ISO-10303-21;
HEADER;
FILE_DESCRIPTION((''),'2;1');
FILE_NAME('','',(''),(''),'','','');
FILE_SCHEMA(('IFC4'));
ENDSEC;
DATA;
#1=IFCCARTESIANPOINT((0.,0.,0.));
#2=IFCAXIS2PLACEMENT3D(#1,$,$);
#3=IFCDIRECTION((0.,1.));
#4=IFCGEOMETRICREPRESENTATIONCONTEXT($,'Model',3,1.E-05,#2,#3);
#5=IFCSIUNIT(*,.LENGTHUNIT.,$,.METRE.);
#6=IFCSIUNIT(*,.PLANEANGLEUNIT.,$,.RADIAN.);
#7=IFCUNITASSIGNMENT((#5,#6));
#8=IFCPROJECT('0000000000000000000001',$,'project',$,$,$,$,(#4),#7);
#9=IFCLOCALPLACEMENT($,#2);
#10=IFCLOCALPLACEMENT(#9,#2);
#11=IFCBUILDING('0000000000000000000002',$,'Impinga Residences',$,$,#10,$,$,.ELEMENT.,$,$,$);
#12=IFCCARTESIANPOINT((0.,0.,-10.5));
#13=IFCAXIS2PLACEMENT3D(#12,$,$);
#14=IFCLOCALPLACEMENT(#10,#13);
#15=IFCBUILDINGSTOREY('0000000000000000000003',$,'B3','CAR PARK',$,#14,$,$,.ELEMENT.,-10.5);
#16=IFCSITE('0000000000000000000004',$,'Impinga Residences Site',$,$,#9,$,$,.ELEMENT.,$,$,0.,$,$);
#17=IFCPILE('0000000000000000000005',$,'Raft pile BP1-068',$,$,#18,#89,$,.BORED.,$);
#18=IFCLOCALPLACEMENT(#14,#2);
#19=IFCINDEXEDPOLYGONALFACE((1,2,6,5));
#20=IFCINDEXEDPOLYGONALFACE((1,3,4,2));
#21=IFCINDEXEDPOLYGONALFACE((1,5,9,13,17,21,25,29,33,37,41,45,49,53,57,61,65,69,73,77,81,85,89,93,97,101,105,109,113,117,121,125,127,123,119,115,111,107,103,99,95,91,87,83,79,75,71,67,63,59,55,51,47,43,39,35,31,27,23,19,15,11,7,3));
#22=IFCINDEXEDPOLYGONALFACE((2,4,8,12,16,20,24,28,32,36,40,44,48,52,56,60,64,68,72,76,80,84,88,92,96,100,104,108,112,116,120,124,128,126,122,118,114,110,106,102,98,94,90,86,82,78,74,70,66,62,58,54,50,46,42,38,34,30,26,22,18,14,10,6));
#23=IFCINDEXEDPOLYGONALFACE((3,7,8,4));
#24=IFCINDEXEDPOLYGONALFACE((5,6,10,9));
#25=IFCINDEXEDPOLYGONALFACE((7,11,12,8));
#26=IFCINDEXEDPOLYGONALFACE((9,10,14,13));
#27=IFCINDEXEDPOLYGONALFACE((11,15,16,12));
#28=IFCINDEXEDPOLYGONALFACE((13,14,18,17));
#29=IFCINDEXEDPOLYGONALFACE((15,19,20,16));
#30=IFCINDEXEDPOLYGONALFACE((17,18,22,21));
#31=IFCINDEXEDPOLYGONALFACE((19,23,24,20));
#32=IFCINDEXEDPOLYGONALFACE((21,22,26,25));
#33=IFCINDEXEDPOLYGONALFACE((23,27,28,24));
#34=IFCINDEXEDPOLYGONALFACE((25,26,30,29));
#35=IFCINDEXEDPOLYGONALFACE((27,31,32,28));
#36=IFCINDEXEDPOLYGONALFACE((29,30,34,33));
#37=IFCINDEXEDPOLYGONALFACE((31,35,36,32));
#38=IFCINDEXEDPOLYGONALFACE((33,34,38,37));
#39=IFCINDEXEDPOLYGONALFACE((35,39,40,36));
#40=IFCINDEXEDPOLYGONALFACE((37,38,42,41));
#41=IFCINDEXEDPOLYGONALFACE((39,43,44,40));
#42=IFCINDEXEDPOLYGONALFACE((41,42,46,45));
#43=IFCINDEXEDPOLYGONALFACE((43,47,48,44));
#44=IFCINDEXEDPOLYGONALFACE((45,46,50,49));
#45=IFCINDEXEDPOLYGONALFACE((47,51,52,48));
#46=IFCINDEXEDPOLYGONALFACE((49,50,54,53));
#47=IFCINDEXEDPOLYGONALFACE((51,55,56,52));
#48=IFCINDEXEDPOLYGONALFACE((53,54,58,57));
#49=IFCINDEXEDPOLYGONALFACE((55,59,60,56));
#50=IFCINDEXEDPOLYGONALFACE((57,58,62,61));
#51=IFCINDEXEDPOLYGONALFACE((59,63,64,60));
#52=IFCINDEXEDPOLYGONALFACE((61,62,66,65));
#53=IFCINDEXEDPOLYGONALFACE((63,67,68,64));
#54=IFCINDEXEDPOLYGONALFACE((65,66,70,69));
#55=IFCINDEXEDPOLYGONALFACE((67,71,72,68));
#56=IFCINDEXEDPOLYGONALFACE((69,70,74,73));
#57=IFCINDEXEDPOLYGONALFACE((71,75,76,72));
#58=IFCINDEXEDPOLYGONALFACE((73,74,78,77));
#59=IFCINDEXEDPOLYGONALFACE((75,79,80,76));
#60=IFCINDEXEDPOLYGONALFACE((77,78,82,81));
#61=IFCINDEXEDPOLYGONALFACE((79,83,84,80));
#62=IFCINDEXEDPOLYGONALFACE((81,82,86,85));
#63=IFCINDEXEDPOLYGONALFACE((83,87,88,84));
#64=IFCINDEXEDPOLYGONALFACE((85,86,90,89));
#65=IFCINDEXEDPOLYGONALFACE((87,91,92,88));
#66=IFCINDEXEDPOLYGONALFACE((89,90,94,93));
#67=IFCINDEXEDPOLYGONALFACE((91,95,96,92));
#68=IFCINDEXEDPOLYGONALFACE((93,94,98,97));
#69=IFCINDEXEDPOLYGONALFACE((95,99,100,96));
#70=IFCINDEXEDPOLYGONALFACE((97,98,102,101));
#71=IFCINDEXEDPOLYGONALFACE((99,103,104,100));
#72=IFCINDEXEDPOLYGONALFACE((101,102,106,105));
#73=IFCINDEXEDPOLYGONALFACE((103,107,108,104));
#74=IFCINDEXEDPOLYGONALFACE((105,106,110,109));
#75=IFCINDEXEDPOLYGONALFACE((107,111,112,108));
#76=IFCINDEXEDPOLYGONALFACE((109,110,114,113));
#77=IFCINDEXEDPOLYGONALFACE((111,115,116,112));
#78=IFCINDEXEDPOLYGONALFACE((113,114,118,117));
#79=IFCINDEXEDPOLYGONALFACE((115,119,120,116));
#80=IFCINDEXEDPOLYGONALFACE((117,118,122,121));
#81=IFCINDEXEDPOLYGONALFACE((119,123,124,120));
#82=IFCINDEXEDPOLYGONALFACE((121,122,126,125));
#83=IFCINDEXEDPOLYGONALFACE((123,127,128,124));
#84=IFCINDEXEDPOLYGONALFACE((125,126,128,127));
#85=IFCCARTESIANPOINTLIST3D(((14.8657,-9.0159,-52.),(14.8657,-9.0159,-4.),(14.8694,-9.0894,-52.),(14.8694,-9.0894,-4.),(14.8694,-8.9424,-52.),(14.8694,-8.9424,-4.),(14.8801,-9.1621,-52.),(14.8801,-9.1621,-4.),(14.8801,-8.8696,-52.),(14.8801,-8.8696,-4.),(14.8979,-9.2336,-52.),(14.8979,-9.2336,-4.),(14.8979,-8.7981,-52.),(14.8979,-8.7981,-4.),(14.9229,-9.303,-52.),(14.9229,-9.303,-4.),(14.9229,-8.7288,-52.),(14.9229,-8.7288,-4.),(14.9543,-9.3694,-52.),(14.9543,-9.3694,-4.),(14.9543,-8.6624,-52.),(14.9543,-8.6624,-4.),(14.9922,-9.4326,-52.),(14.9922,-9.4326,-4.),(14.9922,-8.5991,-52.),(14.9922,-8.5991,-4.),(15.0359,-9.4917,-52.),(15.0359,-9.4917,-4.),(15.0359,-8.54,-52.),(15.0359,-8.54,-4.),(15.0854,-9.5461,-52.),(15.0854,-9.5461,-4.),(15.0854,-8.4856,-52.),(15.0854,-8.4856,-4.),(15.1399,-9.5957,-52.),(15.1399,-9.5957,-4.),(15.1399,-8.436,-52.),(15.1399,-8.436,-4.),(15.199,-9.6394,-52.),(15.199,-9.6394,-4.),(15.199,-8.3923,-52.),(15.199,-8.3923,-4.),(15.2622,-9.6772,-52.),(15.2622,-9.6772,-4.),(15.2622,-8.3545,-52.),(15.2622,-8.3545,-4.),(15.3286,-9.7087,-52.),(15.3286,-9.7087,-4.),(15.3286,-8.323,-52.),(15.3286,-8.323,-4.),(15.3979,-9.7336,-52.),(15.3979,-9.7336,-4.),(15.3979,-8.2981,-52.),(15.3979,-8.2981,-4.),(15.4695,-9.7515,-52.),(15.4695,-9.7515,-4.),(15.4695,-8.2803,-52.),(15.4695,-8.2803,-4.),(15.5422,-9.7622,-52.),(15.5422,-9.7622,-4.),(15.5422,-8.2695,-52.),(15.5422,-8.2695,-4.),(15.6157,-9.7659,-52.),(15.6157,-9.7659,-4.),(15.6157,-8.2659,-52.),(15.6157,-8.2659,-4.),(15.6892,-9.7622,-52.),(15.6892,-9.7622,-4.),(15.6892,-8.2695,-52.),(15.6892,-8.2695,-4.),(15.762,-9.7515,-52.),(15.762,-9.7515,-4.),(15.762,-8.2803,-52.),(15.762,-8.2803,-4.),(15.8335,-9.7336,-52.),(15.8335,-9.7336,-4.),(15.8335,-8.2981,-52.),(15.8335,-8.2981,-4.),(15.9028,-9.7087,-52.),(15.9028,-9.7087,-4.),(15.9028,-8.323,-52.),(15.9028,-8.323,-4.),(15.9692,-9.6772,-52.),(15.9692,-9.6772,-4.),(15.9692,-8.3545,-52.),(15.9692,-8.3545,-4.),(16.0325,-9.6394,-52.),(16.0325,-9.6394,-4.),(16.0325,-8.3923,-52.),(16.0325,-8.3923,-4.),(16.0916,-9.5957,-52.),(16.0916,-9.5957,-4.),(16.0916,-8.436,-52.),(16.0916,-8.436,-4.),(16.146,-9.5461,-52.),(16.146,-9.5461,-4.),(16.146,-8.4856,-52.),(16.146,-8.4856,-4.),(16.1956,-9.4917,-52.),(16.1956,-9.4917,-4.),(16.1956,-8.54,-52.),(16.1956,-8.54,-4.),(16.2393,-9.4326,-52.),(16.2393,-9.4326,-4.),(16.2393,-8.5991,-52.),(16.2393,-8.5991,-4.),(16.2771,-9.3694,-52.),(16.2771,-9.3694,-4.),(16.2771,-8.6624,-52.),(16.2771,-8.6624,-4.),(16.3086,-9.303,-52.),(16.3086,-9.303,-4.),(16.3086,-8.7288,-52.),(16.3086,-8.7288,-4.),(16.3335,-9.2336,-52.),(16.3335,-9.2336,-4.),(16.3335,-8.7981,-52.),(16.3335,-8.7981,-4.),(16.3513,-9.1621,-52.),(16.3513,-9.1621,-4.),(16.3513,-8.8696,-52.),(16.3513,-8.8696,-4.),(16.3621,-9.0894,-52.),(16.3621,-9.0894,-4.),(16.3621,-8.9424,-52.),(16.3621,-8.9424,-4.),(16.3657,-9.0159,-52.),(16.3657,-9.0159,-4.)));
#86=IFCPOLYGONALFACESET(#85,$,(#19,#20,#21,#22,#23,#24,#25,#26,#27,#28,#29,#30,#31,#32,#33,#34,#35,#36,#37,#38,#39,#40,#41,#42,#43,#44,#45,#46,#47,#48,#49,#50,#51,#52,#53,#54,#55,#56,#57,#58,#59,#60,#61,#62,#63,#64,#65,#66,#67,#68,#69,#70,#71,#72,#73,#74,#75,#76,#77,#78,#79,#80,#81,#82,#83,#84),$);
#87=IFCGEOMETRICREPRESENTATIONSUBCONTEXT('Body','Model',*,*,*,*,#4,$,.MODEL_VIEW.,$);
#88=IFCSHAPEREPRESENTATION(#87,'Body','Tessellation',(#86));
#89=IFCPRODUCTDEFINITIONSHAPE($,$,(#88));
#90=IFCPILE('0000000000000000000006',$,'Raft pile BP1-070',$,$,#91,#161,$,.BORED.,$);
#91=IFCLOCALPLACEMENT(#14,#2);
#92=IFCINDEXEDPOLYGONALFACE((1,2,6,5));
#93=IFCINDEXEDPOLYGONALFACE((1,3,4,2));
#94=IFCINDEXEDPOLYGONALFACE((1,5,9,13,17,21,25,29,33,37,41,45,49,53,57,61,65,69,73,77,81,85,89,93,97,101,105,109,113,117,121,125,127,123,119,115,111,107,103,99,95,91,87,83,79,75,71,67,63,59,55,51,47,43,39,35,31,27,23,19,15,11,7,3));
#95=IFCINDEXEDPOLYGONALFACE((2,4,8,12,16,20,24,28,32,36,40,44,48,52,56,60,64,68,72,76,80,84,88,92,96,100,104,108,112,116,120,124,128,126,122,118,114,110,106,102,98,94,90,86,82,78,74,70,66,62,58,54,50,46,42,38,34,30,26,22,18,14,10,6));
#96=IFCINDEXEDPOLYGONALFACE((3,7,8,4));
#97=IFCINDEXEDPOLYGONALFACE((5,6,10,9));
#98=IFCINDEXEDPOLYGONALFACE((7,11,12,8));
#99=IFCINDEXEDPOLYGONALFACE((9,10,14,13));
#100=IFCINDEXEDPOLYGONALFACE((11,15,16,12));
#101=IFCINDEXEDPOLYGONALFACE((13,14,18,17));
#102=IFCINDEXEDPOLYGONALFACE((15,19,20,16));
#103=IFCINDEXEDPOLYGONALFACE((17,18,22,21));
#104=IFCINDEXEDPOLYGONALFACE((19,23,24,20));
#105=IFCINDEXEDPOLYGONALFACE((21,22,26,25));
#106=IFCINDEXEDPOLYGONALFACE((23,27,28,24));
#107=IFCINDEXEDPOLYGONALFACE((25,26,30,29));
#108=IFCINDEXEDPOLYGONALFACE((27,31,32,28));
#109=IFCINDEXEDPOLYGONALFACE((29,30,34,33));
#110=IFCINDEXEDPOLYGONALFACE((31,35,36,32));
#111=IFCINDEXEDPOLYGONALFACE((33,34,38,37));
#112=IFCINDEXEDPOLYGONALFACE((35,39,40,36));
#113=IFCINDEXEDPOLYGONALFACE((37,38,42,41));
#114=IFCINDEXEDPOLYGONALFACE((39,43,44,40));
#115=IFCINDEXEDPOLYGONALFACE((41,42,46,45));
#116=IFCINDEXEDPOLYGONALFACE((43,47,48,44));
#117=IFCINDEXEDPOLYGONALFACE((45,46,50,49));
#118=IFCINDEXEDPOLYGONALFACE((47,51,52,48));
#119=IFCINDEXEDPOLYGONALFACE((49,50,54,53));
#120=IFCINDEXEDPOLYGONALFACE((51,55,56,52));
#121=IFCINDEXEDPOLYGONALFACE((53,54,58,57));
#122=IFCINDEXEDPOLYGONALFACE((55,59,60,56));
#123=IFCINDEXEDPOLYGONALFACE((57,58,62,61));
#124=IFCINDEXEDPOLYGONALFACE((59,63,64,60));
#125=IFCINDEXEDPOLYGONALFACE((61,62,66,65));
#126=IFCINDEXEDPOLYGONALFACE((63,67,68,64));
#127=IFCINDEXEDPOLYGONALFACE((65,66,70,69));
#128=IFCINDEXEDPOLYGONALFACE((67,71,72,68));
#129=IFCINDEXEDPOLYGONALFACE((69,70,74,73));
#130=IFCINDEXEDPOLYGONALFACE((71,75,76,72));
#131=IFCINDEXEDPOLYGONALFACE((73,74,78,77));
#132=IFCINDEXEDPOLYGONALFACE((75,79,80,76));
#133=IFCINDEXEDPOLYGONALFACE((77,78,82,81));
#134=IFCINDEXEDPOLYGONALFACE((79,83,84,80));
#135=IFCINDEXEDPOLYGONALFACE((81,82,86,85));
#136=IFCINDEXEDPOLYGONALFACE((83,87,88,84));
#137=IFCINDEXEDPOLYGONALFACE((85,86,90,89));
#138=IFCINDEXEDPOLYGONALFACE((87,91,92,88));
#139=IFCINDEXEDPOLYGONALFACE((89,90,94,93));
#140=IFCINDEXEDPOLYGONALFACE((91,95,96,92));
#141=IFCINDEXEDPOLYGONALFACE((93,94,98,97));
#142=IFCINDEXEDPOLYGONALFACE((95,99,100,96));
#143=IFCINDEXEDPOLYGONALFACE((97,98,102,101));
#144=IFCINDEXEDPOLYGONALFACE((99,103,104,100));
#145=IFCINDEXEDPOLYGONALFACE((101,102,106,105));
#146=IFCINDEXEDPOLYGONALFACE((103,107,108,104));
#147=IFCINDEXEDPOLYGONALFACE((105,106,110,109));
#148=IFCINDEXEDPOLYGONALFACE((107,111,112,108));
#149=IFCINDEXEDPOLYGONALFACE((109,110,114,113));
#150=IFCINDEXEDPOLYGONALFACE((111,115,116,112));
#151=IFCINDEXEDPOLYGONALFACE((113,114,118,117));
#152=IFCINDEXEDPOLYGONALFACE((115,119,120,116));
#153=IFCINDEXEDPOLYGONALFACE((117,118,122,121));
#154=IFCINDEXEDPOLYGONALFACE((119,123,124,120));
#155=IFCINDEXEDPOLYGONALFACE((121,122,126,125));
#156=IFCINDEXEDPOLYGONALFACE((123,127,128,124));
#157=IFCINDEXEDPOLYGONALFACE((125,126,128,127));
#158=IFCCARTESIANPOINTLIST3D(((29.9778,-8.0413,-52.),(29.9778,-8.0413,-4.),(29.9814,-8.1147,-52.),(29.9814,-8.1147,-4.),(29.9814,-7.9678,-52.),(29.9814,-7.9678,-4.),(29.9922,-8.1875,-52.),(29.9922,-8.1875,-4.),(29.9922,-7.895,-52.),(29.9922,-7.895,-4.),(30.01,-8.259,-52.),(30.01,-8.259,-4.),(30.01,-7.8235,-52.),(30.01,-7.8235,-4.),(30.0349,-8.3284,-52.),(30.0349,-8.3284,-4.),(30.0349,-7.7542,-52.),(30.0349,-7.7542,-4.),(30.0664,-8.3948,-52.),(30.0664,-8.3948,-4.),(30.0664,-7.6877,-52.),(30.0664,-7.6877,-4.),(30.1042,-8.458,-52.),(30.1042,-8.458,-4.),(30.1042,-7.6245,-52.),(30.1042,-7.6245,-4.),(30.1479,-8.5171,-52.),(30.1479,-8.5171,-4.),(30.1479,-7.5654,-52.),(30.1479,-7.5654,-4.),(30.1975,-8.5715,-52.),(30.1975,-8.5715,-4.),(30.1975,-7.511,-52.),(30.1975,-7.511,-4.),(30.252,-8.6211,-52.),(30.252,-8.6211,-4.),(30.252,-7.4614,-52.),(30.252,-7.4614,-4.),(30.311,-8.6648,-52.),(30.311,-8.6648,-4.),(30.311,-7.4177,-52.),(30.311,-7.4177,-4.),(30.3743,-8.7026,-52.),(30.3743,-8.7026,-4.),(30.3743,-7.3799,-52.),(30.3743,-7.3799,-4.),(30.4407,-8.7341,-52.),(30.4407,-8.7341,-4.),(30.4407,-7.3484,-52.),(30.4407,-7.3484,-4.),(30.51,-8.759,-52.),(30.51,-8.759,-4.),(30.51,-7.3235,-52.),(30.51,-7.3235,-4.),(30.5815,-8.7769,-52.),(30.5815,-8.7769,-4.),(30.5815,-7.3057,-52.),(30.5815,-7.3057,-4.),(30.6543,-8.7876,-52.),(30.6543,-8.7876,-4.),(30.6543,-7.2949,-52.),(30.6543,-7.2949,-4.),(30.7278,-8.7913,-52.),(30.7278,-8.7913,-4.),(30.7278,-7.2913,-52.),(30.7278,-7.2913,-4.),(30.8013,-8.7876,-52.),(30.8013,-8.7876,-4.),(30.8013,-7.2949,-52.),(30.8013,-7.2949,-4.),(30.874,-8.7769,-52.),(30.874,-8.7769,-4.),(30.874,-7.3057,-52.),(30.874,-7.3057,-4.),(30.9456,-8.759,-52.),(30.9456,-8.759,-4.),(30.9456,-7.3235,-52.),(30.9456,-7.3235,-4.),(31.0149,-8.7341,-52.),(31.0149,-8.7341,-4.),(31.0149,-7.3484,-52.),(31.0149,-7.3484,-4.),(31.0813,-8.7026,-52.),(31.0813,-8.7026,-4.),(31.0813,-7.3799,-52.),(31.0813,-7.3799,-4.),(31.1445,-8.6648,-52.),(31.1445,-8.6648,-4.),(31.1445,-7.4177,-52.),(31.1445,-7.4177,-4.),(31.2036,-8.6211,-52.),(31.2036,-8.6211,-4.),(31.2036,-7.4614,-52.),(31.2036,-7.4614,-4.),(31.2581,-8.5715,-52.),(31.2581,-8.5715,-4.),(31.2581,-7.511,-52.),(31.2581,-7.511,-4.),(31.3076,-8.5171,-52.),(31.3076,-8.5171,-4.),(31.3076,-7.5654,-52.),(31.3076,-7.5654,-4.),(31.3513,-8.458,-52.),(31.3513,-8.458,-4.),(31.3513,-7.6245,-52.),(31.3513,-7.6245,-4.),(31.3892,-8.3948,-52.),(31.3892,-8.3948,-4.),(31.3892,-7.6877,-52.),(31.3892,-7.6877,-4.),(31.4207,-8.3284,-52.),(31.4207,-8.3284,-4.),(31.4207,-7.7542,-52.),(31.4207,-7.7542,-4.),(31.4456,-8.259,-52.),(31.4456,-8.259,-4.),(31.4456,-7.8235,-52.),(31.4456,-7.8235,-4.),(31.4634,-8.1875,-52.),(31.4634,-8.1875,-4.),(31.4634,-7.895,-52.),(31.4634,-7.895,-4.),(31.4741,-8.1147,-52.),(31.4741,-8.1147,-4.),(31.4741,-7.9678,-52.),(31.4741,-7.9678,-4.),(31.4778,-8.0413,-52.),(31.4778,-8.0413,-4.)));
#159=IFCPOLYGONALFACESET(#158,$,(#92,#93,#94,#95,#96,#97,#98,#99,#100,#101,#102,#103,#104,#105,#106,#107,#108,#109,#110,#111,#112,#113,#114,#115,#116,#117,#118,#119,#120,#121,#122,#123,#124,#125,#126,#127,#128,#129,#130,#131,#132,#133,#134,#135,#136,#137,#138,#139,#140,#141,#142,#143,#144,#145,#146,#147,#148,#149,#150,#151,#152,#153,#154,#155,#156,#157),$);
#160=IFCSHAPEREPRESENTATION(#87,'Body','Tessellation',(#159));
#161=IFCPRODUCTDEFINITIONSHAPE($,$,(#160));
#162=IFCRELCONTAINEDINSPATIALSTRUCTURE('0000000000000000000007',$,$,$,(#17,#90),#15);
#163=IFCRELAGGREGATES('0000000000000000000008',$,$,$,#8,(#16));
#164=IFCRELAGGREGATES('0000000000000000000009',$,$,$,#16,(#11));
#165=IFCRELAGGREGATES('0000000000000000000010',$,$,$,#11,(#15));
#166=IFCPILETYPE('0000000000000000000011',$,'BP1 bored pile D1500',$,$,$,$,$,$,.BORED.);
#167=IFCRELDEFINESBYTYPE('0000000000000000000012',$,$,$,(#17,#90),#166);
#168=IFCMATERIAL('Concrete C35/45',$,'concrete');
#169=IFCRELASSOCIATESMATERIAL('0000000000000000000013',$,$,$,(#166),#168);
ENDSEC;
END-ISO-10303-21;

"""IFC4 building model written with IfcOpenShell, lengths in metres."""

from ifc_helpers import new_model, si_unit, direction, frame, origin, origin_2d, place, context, subcontext, project, spatial, polyline, circle, outline, extrude, material, material_profile, profile_set, type_object, element, save


model = new_model("IFC4")

# Units and contexts
model_context = context("Model", 3, precision=1e-05, world=origin(), true_north=direction((0.0, 1.0)))
body_context = subcontext(model_context, "Body", "Model", "MODEL_VIEW")
ifc_project = project(units=[si_unit("LENGTHUNIT", "METRE"), si_unit("PLANEANGLEUNIT", "RADIAN")], contexts=[model_context])

# Site, building, storey
site_placement = place(None, origin())
site = spatial("IfcSite", under=ifc_project, at=site_placement, Name="Impinga Residences Site", CompositionType="ELEMENT", RefElevation=0.0)
building_placement = place(site_placement, origin())
building = spatial("IfcBuilding", under=site, at=building_placement, Name="Impinga Residences", CompositionType="ELEMENT")
storey_placement = place(building_placement, frame((0.0, 0.0, -10.5)))
storey = spatial("IfcBuildingStorey", under=building, at=storey_placement, Name="B3", Description="CAR PARK", CompositionType="ELEMENT", Elevation=-10.5)

# Piles
ifc_material_1 = material(Name="Concrete C35/45", Category="concrete")
ifc_material_profile_1 = material_profile(ifc_material_1, circle(Radius=0.75, at=origin_2d()), Name="D1500")
ifc_profile_set_1 = profile_set([ifc_material_profile_1], Name="Concrete C35/45")
pile_type = type_object("IfcPileType", Name="BP1 bored pile D1500", PredefinedType="BORED", material=ifc_profile_set_1)
pile_1_placement = place(storey_placement, frame((15.6157, -9.0159, -4.0), z_axis=(0.0, 0.0, -1.0), x_axis=(1.0, 0.0, 0.0)))
element("IfcPile", 1, at=pile_1_placement, inside=storey, type_object=pile_type, Name="Raft pile BP1-068", PredefinedType="BORED", context=body_context, shape_type="SweptSolid", body=[
    extrude(outline(polyline([(0.75, 0.0), (0.7463, 0.0735), (0.7356, 0.1462), (0.7178, 0.2178), (0.6929, 0.2871), (0.6614, 0.3535), (0.6235, 0.4167), (0.5798, 0.4758), (0.5303, 0.5303), (0.4758, 0.5798), (0.4167, 0.6235), (0.3535, 0.6614), (0.2871, 0.6929), (0.2178, 0.7178), (0.1462, 0.7356), (0.0735, 0.7463), (0.0, 0.75), (-0.0735, 0.7463), (-0.1462, 0.7356), (-0.2178, 0.7178), (-0.2871, 0.6929), (-0.3535, 0.6614), (-0.4167, 0.6235), (-0.4758, 0.5798), (-0.5303, 0.5303), (-0.5798, 0.4758), (-0.6235, 0.4167), (-0.6614, 0.3535), (-0.6929, 0.2871), (-0.7178, 0.2178), (-0.7356, 0.1462), (-0.7463, 0.0735), (-0.75, 0.0), (-0.7463, -0.0735), (-0.7356, -0.1462), (-0.7178, -0.2178), (-0.6929, -0.2871), (-0.6614, -0.3535), (-0.6235, -0.4167), (-0.5798, -0.4758), (-0.5303, -0.5303), (-0.4758, -0.5798), (-0.4167, -0.6235), (-0.3535, -0.6614), (-0.2871, -0.6929), (-0.2178, -0.7178), (-0.1462, -0.7356), (-0.0735, -0.7463), (0.0, -0.75), (0.0735, -0.7463), (0.1462, -0.7356), (0.2178, -0.7178), (0.2871, -0.6929), (0.3535, -0.6614), (0.4167, -0.6235), (0.4758, -0.5798), (0.5303, -0.5303), (0.5798, -0.4758), (0.6235, -0.4167), (0.6614, -0.3535), (0.6929, -0.2871), (0.7178, -0.2178), (0.7356, -0.1462), (0.7463, -0.0735), (0.75, 0.0)])), origin(), (0.0, 0.0, 1.0), 48.0),
])
pile_2_placement = place(storey_placement, frame((30.7278, -8.0413, -4.0), z_axis=(0.0, 0.0, -1.0), x_axis=(1.0, 0.0, 0.0)))
element("IfcPile", 2, at=pile_2_placement, inside=storey, type_object=pile_type, Name="Raft pile BP1-070", PredefinedType="BORED", context=body_context, shape_type="SweptSolid", body=[
    extrude(outline(polyline([(0.75, 0.0), (0.7463, 0.0735), (0.7356, 0.1462), (0.7178, 0.2178), (0.6929, 0.2871), (0.6614, 0.3535), (0.6235, 0.4167), (0.5798, 0.4758), (0.5303, 0.5303), (0.4758, 0.5798), (0.4167, 0.6235), (0.3535, 0.6614), (0.2871, 0.6929), (0.2178, 0.7178), (0.1462, 0.7356), (0.0735, 0.7463), (0.0, 0.75), (-0.0735, 0.7463), (-0.1462, 0.7356), (-0.2178, 0.7178), (-0.2871, 0.6929), (-0.3535, 0.6614), (-0.4167, 0.6235), (-0.4758, 0.5798), (-0.5303, 0.5303), (-0.5798, 0.4758), (-0.6235, 0.4167), (-0.6614, 0.3535), (-0.6929, 0.2871), (-0.7178, 0.2178), (-0.7356, 0.1462), (-0.7463, 0.0735), (-0.75, 0.0), (-0.7463, -0.0735), (-0.7356, -0.1462), (-0.7178, -0.2178), (-0.6929, -0.2871), (-0.6614, -0.3535), (-0.6235, -0.4167), (-0.5798, -0.4758), (-0.5303, -0.5303), (-0.4758, -0.5798), (-0.4167, -0.6235), (-0.3535, -0.6614), (-0.2871, -0.6929), (-0.2178, -0.7178), (-0.1462, -0.7356), (-0.0735, -0.7463), (0.0, -0.75), (0.0735, -0.7463), (0.1462, -0.7356), (0.2178, -0.7178), (0.2871, -0.6929), (0.3535, -0.6614), (0.4167, -0.6235), (0.4758, -0.5798), (0.5303, -0.5303), (0.5798, -0.4758), (0.6235, -0.4167), (0.6614, -0.3535), (0.6929, -0.2871), (0.7178, -0.2178), (0.7356, -0.1462), (0.7463, -0.0735), (0.75, 0.0)])), origin(), (0.0, 0.0, 1.0), 48.0),
])

save(model, "model.ifc")
